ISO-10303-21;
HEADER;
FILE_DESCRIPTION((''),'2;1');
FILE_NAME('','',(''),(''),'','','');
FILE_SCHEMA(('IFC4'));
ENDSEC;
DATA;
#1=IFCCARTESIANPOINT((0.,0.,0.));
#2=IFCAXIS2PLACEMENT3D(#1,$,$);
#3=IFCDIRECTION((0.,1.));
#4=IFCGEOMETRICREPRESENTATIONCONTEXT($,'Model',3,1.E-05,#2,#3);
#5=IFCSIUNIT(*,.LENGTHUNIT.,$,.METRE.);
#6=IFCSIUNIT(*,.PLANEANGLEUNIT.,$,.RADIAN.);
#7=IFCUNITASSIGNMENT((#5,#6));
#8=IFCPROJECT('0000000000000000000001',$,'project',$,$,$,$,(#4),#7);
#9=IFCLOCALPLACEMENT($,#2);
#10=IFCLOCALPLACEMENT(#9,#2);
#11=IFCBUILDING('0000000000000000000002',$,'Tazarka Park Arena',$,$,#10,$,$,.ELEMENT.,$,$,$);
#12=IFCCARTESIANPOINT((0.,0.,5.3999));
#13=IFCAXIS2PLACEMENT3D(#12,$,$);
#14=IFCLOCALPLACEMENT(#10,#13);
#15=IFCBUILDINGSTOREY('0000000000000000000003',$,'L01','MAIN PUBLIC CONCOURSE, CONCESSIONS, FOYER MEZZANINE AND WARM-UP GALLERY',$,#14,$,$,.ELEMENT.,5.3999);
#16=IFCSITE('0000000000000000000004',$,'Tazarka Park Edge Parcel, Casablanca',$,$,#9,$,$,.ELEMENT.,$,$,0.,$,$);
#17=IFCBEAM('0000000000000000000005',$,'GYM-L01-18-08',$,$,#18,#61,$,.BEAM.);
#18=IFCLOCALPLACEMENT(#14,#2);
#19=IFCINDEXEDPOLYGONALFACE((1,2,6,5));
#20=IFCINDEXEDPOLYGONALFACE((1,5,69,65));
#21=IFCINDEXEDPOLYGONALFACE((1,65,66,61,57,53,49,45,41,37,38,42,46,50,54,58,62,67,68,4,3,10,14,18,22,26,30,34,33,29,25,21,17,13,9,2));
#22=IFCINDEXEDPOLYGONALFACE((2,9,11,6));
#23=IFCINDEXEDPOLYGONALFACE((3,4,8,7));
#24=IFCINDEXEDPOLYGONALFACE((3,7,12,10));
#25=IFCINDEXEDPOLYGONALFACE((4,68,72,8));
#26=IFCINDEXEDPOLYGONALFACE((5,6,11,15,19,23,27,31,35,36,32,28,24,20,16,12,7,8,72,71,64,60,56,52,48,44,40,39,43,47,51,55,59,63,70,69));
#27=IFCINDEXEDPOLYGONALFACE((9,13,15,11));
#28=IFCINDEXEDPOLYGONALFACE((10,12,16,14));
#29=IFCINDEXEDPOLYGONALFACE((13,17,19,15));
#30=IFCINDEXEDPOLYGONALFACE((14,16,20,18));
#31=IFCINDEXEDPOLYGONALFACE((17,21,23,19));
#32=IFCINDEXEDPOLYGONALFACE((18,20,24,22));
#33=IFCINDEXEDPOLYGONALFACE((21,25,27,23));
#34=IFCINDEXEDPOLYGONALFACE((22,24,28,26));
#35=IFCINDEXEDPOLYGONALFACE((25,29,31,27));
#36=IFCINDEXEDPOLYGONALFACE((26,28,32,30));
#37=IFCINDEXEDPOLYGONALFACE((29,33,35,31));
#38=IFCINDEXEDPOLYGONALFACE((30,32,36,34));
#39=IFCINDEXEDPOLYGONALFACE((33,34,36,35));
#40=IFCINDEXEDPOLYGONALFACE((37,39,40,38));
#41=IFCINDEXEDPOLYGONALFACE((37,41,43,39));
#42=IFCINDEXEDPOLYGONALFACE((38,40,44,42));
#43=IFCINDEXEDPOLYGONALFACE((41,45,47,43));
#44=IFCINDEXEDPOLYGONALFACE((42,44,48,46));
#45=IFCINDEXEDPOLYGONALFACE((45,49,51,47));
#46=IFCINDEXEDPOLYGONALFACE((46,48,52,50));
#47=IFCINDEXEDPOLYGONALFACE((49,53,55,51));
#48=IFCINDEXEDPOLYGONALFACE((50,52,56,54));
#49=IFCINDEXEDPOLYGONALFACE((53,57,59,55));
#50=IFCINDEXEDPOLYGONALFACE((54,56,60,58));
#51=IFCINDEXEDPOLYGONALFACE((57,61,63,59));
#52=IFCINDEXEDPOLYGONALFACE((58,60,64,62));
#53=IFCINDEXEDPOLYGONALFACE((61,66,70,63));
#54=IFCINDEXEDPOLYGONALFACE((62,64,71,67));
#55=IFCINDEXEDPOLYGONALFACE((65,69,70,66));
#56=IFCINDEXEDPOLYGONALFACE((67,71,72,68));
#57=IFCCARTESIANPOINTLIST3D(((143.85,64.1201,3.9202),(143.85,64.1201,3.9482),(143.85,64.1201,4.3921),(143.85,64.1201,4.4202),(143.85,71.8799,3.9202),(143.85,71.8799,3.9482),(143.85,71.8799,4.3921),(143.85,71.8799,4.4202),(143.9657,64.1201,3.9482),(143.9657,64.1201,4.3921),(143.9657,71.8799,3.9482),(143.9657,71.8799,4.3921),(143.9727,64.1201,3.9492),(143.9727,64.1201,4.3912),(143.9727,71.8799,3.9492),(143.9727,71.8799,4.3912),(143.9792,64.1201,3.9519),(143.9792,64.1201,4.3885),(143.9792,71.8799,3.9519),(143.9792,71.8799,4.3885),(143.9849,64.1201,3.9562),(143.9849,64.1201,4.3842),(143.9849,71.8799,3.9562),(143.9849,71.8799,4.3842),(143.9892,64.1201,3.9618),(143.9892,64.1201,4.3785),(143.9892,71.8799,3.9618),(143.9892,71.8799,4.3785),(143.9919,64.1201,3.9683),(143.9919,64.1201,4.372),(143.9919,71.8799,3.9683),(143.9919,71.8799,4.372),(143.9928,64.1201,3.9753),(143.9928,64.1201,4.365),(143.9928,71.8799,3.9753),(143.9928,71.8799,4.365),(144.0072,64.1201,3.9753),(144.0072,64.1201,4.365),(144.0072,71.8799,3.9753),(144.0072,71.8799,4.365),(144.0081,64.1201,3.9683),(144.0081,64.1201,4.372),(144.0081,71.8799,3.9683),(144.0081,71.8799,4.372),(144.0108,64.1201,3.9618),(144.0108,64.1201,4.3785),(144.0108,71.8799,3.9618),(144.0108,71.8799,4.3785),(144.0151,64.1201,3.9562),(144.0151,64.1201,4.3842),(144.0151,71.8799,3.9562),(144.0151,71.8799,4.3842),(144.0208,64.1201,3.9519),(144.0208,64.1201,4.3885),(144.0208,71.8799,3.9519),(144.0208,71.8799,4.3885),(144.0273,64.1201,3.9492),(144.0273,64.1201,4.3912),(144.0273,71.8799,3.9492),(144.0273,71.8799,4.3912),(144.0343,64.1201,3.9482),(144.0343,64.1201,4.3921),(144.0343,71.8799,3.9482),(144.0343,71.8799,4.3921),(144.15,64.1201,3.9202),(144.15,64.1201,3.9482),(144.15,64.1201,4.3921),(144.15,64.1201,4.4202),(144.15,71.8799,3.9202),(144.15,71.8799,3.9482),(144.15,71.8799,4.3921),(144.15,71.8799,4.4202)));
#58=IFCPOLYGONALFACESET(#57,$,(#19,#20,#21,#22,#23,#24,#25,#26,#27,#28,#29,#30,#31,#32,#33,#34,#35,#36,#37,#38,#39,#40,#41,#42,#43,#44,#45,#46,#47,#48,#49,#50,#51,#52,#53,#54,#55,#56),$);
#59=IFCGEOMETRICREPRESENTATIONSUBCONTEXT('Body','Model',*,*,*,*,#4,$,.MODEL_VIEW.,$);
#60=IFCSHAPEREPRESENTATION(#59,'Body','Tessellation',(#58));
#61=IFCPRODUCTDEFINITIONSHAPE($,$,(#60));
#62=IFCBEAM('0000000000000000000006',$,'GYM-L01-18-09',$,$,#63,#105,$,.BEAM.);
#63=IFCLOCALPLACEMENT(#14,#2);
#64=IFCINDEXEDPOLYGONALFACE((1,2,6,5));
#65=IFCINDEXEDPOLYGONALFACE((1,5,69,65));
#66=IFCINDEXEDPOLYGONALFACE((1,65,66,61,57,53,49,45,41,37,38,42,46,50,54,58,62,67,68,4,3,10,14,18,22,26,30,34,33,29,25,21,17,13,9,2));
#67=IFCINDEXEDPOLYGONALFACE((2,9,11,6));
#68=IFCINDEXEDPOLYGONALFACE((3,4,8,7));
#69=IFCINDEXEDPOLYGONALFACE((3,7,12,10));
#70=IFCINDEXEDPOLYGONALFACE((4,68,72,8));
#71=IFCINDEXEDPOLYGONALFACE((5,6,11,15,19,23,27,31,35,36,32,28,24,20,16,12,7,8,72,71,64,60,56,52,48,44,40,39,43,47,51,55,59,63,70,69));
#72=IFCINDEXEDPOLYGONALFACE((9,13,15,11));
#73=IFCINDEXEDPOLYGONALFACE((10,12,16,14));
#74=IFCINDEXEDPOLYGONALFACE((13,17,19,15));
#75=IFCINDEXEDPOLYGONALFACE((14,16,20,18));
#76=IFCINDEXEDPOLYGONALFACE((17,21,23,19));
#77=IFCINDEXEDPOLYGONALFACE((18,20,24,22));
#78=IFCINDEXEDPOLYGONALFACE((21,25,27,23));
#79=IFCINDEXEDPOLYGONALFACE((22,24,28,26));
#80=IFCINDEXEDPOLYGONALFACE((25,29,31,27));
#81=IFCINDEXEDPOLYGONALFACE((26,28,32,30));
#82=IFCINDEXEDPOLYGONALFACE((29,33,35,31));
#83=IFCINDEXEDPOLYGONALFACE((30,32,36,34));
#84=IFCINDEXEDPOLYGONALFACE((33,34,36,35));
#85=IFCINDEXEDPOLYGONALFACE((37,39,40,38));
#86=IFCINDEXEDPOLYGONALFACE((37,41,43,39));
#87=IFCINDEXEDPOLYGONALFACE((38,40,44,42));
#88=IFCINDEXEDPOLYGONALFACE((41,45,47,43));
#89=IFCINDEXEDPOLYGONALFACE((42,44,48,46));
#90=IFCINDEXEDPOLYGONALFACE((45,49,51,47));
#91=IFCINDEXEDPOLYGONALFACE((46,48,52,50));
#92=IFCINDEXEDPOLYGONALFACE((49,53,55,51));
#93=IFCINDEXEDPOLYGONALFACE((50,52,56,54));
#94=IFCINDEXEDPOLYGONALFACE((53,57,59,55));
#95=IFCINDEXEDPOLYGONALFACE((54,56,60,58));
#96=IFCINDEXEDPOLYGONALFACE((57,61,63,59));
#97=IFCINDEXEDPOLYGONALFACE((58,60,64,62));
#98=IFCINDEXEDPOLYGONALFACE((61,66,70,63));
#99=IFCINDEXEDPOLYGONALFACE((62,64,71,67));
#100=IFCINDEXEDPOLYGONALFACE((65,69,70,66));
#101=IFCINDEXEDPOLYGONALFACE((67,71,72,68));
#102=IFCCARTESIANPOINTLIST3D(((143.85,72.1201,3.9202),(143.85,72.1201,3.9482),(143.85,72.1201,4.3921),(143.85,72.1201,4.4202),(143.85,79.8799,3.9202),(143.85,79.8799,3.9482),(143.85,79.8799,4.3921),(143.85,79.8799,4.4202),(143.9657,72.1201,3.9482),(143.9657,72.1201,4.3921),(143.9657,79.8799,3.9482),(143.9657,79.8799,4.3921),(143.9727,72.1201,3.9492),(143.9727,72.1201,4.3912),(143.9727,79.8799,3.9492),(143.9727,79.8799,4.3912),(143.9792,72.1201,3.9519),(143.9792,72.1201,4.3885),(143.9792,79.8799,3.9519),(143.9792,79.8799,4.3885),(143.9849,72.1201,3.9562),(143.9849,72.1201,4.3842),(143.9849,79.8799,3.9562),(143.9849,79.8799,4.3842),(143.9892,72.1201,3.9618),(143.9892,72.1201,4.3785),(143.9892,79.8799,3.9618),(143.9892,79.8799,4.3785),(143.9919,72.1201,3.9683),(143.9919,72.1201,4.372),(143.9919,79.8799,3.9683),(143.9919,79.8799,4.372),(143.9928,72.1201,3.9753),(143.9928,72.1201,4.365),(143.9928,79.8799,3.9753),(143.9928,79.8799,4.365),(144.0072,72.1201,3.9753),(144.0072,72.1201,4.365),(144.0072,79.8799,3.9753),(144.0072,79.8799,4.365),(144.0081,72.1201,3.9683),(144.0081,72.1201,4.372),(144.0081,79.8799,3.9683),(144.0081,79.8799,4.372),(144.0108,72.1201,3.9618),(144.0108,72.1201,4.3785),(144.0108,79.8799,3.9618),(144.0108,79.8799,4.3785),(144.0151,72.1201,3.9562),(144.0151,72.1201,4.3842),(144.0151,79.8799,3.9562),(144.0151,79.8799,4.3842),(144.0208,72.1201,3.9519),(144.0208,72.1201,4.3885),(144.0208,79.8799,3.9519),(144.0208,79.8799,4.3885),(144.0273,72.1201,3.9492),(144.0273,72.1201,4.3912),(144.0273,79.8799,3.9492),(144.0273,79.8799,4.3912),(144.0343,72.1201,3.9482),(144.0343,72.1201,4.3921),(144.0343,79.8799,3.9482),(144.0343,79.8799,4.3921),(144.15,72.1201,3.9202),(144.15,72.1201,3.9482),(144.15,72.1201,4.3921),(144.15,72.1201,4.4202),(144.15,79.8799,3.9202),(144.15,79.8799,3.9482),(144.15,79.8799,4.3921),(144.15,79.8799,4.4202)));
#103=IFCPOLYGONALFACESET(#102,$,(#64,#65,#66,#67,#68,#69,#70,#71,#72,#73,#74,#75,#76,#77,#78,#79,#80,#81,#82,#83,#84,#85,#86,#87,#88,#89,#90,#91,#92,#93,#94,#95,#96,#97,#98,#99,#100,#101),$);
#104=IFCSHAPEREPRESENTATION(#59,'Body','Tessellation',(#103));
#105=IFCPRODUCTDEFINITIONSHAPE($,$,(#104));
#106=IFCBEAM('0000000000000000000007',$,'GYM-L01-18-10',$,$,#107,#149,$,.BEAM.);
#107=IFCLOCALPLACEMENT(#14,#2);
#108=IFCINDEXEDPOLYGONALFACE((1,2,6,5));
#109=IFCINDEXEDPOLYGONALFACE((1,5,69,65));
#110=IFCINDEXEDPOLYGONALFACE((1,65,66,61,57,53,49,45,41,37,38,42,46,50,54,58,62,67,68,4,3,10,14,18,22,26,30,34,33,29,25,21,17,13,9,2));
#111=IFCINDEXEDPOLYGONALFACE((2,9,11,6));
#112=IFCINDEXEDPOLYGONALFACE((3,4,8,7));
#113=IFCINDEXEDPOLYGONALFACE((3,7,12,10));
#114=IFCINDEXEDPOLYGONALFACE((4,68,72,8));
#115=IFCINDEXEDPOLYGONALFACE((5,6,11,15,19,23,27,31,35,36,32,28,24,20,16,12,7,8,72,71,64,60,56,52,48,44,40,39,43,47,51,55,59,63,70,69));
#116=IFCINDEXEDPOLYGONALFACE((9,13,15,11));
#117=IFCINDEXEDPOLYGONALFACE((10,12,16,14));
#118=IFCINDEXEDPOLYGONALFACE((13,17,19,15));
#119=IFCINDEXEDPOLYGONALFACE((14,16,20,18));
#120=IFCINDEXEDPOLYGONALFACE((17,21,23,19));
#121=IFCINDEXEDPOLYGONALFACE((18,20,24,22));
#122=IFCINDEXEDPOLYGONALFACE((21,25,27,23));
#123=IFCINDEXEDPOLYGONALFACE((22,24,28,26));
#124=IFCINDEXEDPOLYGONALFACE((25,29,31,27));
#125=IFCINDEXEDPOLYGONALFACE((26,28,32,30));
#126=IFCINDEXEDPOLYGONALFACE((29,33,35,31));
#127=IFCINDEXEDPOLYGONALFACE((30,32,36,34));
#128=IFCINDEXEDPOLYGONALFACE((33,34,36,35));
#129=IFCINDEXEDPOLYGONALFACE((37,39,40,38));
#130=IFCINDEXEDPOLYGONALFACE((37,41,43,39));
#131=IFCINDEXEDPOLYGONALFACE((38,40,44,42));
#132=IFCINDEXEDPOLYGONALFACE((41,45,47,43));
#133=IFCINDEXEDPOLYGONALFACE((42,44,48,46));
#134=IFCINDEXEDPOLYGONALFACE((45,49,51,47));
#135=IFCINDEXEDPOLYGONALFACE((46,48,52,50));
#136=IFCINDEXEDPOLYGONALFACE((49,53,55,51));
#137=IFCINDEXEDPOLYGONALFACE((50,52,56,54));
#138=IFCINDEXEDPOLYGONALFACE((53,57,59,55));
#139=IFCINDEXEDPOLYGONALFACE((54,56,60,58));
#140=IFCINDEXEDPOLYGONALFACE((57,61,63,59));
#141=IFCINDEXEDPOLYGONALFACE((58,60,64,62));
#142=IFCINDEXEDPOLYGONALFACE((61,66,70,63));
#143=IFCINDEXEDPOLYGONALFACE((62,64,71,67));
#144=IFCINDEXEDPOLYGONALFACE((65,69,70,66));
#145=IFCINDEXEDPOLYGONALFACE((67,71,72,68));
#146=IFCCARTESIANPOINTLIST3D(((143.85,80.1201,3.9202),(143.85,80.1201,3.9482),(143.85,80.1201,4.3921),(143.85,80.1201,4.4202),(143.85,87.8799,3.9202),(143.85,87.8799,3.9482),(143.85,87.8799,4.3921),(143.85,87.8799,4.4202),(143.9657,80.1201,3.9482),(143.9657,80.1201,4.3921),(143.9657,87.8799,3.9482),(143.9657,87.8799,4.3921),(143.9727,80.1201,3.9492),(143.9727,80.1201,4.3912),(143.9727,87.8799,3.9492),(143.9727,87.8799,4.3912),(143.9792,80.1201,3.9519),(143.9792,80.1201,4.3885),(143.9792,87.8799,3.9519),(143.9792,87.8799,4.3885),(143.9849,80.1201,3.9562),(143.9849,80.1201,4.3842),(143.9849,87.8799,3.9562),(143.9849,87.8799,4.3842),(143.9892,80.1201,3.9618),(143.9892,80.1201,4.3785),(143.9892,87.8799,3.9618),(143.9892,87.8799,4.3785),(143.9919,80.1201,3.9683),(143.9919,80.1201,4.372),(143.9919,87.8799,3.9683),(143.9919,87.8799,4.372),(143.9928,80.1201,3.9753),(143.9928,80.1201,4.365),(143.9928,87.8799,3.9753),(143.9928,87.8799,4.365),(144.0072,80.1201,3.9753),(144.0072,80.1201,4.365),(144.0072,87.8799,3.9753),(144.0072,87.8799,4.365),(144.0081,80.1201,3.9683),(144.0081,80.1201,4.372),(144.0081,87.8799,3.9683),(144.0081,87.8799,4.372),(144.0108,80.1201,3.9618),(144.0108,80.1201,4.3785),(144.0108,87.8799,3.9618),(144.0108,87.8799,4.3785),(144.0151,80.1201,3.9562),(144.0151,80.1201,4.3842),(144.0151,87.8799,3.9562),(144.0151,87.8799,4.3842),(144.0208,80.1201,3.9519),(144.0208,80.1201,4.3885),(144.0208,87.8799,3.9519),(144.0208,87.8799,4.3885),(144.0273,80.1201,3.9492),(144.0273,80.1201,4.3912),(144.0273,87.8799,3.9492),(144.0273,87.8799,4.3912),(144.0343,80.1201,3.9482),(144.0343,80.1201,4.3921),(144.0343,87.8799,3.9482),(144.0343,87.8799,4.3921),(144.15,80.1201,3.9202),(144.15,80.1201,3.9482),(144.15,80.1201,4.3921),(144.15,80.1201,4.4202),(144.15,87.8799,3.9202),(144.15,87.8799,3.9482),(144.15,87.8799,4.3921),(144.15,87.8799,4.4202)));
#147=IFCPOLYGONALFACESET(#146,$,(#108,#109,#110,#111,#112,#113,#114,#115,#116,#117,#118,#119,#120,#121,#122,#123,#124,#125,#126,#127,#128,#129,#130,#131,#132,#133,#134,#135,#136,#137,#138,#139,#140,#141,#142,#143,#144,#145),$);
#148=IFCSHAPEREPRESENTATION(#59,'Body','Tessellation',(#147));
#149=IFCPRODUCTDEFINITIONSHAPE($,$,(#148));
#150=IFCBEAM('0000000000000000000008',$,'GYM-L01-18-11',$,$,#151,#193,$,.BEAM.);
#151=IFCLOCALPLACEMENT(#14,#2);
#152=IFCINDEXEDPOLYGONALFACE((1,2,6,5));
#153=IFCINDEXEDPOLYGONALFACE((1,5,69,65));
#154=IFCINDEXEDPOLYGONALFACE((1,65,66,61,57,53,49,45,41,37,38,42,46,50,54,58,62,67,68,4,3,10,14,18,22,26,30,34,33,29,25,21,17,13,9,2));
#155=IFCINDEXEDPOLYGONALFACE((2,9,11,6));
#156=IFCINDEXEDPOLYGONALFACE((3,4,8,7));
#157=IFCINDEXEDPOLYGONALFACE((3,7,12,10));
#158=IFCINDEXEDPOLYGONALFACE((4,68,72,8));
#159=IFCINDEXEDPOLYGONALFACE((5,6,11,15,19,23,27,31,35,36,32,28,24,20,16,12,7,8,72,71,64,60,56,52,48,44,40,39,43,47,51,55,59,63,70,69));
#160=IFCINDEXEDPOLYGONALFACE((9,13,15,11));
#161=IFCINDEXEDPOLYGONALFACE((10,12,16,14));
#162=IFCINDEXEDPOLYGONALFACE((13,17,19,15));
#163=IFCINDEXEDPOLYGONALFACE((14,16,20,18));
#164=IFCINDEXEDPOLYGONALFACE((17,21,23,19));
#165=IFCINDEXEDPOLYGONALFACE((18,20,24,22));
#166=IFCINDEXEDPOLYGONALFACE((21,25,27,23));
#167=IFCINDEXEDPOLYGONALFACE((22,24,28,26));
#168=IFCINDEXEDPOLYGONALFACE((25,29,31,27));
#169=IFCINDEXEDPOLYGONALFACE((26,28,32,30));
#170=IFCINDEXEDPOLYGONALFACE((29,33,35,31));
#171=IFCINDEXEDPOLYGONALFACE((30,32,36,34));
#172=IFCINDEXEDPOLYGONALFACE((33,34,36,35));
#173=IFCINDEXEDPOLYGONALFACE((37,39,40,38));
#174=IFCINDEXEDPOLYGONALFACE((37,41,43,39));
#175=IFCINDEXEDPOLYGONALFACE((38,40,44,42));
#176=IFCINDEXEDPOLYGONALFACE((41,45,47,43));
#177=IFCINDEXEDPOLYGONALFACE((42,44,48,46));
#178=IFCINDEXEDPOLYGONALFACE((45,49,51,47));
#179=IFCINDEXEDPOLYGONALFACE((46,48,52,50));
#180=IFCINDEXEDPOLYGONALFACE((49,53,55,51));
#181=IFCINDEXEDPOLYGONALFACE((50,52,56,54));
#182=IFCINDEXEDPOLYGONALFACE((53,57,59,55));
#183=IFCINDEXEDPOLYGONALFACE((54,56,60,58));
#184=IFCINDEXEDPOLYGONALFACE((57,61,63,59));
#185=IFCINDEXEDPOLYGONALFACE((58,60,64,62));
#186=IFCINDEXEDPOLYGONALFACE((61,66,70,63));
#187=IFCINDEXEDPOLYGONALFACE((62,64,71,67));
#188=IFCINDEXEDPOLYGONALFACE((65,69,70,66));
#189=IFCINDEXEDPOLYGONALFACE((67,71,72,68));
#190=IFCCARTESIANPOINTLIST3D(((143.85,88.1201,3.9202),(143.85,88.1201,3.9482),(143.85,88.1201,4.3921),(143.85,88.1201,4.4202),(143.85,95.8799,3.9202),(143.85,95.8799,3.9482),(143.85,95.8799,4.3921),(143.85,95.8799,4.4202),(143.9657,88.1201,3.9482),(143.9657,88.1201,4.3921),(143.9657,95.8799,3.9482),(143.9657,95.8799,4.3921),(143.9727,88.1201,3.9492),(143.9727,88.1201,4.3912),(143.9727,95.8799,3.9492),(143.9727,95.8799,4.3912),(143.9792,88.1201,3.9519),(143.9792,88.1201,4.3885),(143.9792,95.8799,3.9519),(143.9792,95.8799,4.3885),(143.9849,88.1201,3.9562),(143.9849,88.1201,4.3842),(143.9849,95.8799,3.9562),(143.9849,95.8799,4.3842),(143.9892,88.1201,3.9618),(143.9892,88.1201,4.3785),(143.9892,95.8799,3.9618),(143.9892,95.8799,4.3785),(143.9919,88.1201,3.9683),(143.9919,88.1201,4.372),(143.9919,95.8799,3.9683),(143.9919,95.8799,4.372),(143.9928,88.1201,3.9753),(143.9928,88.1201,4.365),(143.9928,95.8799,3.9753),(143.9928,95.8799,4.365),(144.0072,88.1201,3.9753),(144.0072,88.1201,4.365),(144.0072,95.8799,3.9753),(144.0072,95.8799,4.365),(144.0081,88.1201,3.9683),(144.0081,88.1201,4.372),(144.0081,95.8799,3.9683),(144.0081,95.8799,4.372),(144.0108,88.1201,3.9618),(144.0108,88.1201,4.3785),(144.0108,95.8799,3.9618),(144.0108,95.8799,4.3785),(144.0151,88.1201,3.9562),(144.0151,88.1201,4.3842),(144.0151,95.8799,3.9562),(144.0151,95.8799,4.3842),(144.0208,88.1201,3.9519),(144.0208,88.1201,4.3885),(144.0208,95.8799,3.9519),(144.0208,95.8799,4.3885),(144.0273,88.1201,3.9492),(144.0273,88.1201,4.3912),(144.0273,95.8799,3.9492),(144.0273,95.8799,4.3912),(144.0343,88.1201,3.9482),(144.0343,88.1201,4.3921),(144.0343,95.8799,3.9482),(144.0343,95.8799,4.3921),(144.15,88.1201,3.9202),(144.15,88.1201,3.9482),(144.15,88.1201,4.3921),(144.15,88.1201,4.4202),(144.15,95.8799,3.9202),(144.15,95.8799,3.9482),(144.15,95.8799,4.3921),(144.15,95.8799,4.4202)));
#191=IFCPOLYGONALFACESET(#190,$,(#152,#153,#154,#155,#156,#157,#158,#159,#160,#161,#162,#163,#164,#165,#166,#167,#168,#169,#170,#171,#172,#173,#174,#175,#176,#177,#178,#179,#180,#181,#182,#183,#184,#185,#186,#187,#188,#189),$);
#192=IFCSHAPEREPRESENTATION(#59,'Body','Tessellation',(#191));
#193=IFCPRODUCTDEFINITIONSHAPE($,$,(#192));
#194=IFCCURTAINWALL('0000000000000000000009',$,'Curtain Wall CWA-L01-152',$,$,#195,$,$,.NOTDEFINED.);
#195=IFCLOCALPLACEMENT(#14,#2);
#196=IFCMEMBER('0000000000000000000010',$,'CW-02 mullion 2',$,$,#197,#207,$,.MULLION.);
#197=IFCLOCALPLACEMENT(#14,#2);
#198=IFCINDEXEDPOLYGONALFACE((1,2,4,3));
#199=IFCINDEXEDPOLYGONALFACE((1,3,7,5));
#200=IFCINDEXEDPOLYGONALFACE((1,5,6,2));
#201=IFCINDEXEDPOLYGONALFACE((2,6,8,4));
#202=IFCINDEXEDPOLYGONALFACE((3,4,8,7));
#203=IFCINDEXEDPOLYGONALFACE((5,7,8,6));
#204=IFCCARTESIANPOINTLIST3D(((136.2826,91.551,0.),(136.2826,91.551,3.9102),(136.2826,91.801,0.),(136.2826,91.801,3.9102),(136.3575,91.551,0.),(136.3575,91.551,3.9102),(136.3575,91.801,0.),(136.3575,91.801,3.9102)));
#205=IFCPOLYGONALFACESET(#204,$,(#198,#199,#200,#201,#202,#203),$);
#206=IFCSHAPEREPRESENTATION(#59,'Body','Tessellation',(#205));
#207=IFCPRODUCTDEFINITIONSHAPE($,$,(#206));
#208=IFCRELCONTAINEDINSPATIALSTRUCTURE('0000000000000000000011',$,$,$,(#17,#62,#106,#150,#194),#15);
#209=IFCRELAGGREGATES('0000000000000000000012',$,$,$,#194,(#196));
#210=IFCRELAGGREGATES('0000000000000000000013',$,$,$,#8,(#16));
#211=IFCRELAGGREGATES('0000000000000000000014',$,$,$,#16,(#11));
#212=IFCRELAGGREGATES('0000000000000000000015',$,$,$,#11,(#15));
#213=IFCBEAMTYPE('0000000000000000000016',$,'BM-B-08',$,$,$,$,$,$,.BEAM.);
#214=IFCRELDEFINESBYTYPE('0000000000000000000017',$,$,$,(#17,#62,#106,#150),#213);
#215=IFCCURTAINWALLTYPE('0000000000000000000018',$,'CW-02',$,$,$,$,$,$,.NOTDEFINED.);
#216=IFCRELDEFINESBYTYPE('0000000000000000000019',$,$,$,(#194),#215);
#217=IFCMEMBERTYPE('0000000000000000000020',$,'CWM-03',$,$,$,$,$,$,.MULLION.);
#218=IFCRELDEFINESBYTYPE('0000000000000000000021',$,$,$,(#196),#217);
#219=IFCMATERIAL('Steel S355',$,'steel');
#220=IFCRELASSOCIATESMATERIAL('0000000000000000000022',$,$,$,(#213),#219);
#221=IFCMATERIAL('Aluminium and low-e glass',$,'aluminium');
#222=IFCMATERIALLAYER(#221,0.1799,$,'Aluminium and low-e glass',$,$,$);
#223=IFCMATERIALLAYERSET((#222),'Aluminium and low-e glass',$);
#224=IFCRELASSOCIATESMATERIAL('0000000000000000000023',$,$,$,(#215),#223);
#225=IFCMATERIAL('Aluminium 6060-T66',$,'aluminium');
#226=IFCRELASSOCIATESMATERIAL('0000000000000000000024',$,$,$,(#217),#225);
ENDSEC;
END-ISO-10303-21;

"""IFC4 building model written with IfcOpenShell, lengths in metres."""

from ifc_helpers import new_model, si_unit, direction, frame, origin, origin_2d, place, context, subcontext, project, spatial, rectangle, i_section, extrude, material, layer, layer_set, material_profile, profile_set, type_object, element, aggregate, save


model = new_model("IFC4")

# Units and contexts
model_context = context("Model", 3, precision=1e-05, world=origin(), true_north=direction((0.0, 1.0)))
body_context = subcontext(model_context, "Body", "Model", "MODEL_VIEW")
ifc_project = project(units=[si_unit("LENGTHUNIT", "METRE"), si_unit("PLANEANGLEUNIT", "RADIAN")], contexts=[model_context])

# Site, building, storey
site_placement = place(None, origin())
site = spatial("IfcSite", under=ifc_project, at=site_placement, Name="Tazarka Park Edge Parcel, Casablanca", CompositionType="ELEMENT", RefElevation=0.0)
building_placement = place(site_placement, origin())
building = spatial("IfcBuilding", under=site, at=building_placement, Name="Tazarka Park Arena", CompositionType="ELEMENT")
storey_placement = place(building_placement, frame((0.0, 0.0, 5.3999)))
storey = spatial("IfcBuildingStorey", under=building, at=storey_placement, Name="L01", Description="MAIN PUBLIC CONCOURSE, CONCESSIONS, FOYER MEZZANINE AND WARM-UP GALLERY", CompositionType="ELEMENT", Elevation=5.3999)

# Beams
ifc_material_1 = material(Name="Steel S355", Category="steel")
ifc_material_profile_1 = material_profile(ifc_material_1, i_section(OverallWidth=0.3, OverallDepth=0.5, WebThickness=0.0144, FlangeThickness=0.0281, FilletRadius=0.0271, at=origin_2d()), Name="Steel S355")
ifc_profile_set_1 = profile_set([ifc_material_profile_1], Name="Steel S355")
beam_type = type_object("IfcBeamType", Name="BM-B-08", PredefinedType="BEAM", material=ifc_profile_set_1)
for number, where, z_axis, x_axis, name in (
    (1, (144.0, 64.1201, 4.1702), (0.0, 1.0, 0.0), (-1.0, 0.0, 0.0), "GYM-L01-18-08"),
    (2, (144.0, 72.1201, 4.1702), (0.0, 1.0, 0.0), (-1.0, 0.0, 0.0), "GYM-L01-18-09"),
    (3, (144.0, 80.1201, 4.1702), (0.0, 1.0, 0.0), (-1.0, 0.0, 0.0), "GYM-L01-18-10"),
    (4, (144.0, 88.1201, 4.1702), (0.0, 1.0, 0.0), (-1.0, 0.0, 0.0), "GYM-L01-18-11"),
):
    element("IfcBeam", number, at=place(storey_placement, frame(where, z_axis=z_axis, x_axis=x_axis)), inside=storey, type_object=beam_type, Name=name, PredefinedType="BEAM", context=body_context, shape_type="SweptSolid", body=[
        extrude(i_section(OverallWidth=0.3, OverallDepth=0.5, WebThickness=0.0144, FlangeThickness=0.0281, FilletRadius=0.0271, at=origin_2d()), origin(), (0.0, 0.0, 1.0), 7.7598),
    ])

# Curtain wall, member
ifc_material_2 = material(Name="Aluminium and low-e glass", Category="aluminium")
ifc_layer_1 = layer(ifc_material_2, 0.1799, Name="Aluminium and low-e glass")
ifc_layer_set_1 = layer_set([ifc_layer_1], Name="Aluminium and low-e glass")
curtain_wall_type = type_object("IfcCurtainWallType", Name="CW-02", PredefinedType="NOTDEFINED", material=ifc_layer_set_1)
curtain_wall_placement = place(storey_placement, origin())
curtain_wall = element("IfcCurtainWall", 5, at=curtain_wall_placement, inside=storey, type_object=curtain_wall_type, Name="Curtain Wall CWA-L01-152", PredefinedType="NOTDEFINED")
ifc_material_3 = material(Name="Aluminium 6060-T66", Category="aluminium")
ifc_material_profile_2 = material_profile(ifc_material_3, rectangle(XDim=0.075, YDim=0.25, at=origin_2d()), Name="Aluminium 6060-T66")
ifc_profile_set_2 = profile_set([ifc_material_profile_2], Name="Aluminium 6060-T66")
member_type_1 = type_object("IfcMemberType", Name="CWM-03", PredefinedType="MULLION", material=ifc_profile_set_2)
member_1_placement = place(storey_placement, frame((136.3201, 91.676, 0.0), z_axis=(0.0, 0.0, 1.0), x_axis=(-1.0, 0.0, 0.0)))
member_1 = element("IfcMember", 6, at=member_1_placement, type_object=member_type_1, Name="CW-02 mullion 2", PredefinedType="MULLION", context=body_context, shape_type="SweptSolid", body=[
    extrude(rectangle(XDim=0.075, YDim=0.25, at=origin_2d()), origin(), (0.0, 0.0, 1.0), 3.9102),
])
aggregate(curtain_wall, [member_1])

save(model, "model.ifc")
